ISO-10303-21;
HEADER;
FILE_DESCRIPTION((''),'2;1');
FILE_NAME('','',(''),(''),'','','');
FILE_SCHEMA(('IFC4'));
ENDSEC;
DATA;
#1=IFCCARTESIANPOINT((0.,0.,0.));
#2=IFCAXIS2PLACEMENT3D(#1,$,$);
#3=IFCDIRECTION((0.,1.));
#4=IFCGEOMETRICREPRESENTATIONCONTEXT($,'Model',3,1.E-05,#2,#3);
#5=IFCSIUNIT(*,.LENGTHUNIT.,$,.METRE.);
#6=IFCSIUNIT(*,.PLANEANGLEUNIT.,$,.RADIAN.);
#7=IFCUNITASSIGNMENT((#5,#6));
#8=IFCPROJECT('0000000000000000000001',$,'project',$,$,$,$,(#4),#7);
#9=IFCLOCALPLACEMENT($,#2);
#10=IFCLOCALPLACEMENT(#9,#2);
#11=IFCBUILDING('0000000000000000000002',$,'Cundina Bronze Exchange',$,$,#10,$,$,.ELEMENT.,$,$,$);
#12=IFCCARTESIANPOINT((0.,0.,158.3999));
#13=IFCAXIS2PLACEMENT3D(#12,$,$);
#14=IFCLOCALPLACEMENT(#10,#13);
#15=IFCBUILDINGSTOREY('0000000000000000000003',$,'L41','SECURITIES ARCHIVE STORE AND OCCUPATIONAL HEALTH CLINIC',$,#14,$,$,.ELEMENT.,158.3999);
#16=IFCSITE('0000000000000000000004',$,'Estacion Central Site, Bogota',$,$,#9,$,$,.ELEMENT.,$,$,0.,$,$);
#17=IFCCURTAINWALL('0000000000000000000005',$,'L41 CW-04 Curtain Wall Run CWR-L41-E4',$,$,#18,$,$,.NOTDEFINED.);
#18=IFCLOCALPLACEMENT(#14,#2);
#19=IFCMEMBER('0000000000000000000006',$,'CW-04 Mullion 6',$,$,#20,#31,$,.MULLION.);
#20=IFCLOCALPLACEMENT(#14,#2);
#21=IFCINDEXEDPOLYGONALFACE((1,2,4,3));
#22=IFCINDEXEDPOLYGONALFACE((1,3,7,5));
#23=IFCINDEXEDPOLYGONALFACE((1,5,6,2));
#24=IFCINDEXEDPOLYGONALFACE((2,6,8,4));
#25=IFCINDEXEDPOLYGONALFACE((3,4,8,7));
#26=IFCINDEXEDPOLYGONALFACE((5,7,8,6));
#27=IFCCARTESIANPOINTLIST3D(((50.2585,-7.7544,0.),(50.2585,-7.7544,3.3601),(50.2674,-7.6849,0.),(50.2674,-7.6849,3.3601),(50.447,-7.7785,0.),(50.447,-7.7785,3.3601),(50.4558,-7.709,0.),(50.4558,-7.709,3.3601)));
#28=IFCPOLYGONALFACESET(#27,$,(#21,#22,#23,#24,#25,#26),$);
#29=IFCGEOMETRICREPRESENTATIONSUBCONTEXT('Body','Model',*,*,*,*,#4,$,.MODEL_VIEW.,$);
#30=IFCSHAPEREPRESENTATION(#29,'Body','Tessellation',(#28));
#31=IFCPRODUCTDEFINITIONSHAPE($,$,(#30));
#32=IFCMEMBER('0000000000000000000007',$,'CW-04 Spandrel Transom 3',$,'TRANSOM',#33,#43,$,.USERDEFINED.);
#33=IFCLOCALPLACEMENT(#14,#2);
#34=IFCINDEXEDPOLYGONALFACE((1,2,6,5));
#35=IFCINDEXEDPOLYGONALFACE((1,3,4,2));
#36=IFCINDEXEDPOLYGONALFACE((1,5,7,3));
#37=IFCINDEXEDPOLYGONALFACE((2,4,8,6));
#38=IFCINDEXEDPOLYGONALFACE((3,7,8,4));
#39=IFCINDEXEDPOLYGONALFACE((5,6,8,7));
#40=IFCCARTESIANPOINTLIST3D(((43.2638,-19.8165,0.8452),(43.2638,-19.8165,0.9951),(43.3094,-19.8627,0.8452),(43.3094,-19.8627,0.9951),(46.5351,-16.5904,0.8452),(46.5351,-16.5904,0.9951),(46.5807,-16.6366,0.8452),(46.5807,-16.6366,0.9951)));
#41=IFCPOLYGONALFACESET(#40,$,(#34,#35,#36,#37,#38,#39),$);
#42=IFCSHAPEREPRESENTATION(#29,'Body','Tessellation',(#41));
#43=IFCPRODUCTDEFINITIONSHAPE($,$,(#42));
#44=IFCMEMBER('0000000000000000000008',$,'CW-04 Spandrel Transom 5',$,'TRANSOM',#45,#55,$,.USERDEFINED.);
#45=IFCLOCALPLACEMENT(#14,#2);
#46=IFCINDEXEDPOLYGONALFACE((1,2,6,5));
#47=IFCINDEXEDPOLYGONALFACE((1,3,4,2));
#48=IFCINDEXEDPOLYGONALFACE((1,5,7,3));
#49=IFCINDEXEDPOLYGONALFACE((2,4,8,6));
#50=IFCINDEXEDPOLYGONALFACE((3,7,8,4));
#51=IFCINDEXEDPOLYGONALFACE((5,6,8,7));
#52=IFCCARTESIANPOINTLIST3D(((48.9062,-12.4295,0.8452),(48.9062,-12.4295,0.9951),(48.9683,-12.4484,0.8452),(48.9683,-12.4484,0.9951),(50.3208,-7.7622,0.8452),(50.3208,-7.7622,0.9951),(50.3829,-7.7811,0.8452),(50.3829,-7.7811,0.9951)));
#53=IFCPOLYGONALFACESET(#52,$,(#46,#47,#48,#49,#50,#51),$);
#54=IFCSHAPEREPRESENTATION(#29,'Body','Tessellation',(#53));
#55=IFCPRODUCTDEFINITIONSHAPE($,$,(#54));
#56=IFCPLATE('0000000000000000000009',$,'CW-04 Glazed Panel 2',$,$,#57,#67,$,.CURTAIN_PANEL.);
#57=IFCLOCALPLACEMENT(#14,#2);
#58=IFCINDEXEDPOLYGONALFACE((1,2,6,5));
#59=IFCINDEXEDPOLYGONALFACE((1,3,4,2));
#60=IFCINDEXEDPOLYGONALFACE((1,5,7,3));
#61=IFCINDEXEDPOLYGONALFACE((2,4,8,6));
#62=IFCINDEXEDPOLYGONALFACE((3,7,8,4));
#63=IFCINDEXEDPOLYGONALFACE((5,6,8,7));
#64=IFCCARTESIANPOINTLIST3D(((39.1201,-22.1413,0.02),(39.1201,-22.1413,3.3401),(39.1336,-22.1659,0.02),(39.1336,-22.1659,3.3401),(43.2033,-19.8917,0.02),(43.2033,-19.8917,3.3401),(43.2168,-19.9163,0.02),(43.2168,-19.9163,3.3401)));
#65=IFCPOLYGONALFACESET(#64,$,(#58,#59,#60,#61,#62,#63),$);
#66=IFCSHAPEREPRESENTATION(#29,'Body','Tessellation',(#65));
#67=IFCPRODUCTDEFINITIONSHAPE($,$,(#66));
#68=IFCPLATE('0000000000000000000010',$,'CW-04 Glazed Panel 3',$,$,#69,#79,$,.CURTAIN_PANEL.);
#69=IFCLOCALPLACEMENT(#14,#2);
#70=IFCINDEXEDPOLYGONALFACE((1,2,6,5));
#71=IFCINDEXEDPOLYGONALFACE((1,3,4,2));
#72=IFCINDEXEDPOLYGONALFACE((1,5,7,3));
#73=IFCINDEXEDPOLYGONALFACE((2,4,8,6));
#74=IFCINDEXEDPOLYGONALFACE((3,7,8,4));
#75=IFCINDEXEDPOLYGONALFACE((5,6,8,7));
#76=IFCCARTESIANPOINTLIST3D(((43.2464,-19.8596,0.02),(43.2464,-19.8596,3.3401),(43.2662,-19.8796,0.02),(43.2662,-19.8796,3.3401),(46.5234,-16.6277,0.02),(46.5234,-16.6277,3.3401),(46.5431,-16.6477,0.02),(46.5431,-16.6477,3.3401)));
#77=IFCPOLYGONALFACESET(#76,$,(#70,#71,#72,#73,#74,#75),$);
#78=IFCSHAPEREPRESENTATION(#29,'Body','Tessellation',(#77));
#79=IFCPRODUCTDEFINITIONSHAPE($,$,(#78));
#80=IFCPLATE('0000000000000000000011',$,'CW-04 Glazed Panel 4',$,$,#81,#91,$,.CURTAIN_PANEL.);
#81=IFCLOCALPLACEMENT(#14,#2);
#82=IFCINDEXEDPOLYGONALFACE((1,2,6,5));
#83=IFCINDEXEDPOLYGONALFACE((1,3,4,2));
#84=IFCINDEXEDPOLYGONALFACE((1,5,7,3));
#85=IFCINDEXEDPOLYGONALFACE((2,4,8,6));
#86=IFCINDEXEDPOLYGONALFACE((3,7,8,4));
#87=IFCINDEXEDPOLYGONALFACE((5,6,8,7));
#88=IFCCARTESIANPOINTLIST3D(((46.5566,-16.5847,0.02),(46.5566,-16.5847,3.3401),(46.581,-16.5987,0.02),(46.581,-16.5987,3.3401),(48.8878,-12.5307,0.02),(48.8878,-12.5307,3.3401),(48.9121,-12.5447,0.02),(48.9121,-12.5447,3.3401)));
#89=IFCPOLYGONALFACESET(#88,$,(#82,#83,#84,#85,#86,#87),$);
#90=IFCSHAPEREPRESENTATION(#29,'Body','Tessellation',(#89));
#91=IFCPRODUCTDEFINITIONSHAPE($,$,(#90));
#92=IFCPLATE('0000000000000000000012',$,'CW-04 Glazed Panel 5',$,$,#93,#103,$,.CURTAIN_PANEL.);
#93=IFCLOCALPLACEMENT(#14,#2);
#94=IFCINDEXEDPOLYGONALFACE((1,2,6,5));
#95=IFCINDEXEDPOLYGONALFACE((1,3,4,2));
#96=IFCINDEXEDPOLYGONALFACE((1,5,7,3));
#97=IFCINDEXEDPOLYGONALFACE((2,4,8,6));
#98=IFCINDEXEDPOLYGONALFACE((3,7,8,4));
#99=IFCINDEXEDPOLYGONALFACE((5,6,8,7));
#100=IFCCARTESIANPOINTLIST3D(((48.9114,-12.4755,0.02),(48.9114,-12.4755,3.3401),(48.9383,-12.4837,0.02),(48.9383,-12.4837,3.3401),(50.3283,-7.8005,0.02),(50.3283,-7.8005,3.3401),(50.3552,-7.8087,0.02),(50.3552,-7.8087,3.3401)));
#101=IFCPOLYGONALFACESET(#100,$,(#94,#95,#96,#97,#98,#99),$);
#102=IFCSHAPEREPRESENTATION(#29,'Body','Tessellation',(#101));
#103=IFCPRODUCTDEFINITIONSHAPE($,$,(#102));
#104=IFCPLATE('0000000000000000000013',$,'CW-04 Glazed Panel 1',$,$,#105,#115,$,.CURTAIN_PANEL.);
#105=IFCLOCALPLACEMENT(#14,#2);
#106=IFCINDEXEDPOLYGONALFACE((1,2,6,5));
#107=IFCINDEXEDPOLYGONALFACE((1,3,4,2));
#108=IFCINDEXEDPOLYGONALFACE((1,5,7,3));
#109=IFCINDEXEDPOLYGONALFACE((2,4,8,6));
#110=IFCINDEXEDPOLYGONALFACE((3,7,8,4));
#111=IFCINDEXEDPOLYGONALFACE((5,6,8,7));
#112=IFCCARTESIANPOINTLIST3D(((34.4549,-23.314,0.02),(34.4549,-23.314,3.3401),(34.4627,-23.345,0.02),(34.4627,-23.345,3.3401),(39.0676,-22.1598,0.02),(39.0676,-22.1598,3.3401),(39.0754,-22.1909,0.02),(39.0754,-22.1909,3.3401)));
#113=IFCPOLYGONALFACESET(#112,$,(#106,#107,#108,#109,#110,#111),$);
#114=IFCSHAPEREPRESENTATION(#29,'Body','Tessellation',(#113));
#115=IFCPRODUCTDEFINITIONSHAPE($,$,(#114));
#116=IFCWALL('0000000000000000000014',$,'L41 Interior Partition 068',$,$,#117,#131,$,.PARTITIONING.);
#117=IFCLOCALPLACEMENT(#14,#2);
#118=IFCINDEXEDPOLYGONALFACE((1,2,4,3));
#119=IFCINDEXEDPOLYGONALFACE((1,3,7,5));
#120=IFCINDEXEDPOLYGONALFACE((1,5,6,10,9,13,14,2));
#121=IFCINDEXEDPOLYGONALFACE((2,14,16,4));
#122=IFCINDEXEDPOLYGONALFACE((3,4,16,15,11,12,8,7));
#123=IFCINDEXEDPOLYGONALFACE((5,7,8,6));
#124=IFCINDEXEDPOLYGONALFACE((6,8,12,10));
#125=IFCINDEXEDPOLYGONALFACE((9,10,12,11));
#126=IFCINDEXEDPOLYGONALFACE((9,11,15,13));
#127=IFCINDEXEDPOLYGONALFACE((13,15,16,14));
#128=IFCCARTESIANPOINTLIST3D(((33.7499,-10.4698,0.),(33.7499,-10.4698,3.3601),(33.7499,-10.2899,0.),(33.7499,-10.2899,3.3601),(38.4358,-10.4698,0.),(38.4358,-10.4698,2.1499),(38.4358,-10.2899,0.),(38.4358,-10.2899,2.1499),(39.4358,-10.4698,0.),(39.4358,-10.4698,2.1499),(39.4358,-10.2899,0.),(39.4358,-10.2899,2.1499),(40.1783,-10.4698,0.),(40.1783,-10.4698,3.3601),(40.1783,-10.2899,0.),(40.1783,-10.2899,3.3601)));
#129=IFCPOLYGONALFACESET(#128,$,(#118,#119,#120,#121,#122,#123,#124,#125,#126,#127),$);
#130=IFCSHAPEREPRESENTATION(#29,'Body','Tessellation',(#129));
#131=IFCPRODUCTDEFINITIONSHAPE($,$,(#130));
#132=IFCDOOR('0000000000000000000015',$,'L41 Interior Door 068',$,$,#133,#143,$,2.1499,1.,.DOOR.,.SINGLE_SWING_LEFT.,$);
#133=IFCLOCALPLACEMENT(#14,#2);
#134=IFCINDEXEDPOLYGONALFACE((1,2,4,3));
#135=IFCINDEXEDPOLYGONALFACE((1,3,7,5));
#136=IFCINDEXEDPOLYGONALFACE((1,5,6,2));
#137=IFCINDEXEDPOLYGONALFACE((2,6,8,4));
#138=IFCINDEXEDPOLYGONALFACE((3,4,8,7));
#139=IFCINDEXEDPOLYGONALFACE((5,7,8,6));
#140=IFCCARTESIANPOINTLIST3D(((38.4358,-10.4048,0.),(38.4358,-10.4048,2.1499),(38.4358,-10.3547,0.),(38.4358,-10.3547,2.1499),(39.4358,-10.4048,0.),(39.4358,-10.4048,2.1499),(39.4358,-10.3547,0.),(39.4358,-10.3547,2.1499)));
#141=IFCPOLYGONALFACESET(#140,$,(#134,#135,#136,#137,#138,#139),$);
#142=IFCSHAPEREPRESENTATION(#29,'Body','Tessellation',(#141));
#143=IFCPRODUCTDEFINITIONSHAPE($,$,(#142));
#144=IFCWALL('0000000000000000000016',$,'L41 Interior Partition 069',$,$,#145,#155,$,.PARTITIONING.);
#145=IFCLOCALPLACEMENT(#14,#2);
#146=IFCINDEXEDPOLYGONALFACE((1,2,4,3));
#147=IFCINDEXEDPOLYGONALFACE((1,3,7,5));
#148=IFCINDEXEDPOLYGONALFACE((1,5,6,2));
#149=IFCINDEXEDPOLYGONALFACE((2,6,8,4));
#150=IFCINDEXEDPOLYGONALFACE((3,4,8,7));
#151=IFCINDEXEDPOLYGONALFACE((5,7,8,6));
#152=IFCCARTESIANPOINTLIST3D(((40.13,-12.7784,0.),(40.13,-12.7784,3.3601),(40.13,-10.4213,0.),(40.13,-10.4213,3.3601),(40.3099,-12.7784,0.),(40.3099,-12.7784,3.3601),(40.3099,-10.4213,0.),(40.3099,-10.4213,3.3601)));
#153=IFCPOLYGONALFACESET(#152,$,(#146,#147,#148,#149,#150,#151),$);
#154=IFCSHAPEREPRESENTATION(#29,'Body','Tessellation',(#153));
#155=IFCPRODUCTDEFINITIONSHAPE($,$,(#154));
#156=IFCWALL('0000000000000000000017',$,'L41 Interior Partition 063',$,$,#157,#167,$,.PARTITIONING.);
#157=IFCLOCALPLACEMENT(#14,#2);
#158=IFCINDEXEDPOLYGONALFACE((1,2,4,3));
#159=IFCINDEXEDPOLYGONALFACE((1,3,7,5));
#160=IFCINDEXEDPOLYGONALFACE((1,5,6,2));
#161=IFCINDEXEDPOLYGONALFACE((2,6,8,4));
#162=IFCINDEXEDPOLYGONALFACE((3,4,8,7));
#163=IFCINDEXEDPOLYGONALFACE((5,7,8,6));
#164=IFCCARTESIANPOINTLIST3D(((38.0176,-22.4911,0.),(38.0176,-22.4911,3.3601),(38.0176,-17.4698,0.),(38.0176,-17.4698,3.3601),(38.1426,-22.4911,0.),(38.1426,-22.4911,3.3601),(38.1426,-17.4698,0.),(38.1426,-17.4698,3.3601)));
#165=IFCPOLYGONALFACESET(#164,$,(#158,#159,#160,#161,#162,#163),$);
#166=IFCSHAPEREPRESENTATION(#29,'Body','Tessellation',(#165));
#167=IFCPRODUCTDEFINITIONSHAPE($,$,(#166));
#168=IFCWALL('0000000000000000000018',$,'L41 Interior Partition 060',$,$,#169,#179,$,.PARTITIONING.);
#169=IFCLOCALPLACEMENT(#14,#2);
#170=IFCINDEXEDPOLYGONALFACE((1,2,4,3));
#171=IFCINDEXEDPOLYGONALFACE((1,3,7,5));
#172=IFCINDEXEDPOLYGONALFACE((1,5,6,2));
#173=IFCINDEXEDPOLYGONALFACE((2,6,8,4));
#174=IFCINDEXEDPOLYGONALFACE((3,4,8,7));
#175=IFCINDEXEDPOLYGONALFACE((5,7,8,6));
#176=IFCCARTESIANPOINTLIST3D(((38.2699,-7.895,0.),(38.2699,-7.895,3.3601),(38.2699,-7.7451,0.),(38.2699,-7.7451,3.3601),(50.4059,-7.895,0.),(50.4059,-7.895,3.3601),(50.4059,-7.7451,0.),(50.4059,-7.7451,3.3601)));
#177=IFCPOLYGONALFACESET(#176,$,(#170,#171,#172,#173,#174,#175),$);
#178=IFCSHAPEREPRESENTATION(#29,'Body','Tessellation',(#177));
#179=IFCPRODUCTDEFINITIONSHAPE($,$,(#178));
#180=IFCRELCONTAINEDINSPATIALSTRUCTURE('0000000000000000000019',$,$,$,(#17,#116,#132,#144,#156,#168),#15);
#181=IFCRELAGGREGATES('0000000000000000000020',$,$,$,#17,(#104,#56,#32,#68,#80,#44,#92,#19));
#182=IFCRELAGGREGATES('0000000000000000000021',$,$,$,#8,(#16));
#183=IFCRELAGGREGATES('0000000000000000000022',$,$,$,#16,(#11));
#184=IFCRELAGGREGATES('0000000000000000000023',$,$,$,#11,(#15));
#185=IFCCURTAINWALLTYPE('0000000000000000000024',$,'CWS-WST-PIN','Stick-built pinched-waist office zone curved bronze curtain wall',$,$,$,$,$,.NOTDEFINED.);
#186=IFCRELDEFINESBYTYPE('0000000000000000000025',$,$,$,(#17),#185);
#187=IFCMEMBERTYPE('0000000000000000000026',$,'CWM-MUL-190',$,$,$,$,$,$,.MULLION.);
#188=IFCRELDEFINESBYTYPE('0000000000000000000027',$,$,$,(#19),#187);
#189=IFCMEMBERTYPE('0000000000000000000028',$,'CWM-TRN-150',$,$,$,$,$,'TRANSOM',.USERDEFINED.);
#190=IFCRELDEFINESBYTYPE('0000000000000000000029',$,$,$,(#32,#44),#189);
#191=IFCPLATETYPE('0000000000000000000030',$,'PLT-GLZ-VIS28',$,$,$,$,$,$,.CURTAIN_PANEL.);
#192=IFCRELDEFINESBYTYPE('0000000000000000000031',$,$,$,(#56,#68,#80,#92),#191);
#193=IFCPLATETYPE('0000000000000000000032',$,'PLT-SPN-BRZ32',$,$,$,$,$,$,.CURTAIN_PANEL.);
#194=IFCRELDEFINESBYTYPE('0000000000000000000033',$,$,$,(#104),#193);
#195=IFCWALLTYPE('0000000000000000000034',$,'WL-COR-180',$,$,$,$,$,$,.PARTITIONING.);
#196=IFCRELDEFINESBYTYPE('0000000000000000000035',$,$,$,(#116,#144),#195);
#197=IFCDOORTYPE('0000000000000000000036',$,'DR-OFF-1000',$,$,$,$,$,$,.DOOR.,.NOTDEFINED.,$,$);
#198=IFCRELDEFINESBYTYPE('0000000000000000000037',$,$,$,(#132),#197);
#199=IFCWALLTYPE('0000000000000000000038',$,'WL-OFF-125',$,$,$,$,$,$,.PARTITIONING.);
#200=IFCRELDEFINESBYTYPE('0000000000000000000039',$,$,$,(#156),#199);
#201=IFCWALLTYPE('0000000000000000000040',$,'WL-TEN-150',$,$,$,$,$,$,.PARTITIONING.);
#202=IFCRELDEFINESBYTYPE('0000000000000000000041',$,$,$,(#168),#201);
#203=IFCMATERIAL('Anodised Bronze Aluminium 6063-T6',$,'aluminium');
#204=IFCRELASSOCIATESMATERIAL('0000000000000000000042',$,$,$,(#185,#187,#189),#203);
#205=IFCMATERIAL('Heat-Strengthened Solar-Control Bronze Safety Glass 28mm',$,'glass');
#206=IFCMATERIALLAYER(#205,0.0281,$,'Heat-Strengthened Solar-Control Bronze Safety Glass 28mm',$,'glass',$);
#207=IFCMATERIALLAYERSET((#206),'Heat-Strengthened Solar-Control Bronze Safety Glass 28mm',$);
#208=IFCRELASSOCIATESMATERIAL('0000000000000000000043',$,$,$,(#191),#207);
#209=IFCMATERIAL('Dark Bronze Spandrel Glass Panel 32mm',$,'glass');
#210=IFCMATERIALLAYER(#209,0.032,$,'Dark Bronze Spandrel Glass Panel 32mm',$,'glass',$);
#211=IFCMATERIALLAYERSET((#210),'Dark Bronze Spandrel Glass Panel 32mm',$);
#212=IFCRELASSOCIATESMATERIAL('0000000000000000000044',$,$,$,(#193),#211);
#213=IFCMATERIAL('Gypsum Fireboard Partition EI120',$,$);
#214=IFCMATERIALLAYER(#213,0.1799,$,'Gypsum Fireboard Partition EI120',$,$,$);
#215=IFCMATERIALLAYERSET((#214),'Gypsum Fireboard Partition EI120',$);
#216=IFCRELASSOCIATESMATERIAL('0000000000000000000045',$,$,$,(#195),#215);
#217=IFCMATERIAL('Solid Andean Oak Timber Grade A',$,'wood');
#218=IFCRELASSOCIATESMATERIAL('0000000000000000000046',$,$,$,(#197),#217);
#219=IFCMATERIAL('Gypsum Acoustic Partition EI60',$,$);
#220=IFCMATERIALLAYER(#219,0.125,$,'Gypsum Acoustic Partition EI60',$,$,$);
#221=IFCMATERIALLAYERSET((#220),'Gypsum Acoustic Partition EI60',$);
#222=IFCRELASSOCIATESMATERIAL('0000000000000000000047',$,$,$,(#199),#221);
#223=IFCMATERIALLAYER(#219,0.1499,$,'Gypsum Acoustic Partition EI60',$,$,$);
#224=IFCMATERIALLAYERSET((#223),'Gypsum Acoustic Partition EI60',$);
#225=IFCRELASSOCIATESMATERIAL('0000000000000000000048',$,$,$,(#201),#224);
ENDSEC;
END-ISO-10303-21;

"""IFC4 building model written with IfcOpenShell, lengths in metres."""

from ifc_helpers import new_model, si_unit, direction, frame, frame_2d, origin, origin_2d, place, context, subcontext, project, spatial, rectangle, extrude, material, layer, layer_set, material_profile, profile_set, type_object, element, fill, aggregate, save


model = new_model("IFC4")

# Units and contexts
model_context = context("Model", 3, precision=1e-05, world=origin(), true_north=direction((0.0, 1.0)))
body_context = subcontext(model_context, "Body", "Model", "MODEL_VIEW")
ifc_project = project(units=[si_unit("LENGTHUNIT", "METRE"), si_unit("PLANEANGLEUNIT", "RADIAN")], contexts=[model_context])

# Site, building, storey
site_placement = place(None, origin())
site = spatial("IfcSite", under=ifc_project, at=site_placement, Name="Estacion Central Site, Bogota", CompositionType="ELEMENT", RefElevation=0.0)
building_placement = place(site_placement, origin())
building = spatial("IfcBuilding", under=site, at=building_placement, Name="Cundina Bronze Exchange", CompositionType="ELEMENT")
storey_placement = place(building_placement, frame((0.0, 0.0, 158.3999)))
storey = spatial("IfcBuildingStorey", under=building, at=storey_placement, Name="L41", Description="SECURITIES ARCHIVE STORE AND OCCUPATIONAL HEALTH CLINIC", CompositionType="ELEMENT", Elevation=158.3999)

# Curtain wall, members, plates
ifc_material_1 = material(Name="Anodised Bronze Aluminium 6063-T6", Category="aluminium")
curtain_wall_type = type_object("IfcCurtainWallType", Name="CWS-WST-PIN", Description="Stick-built pinched-waist office zone curved bronze curtain wall", PredefinedType="NOTDEFINED", material=ifc_material_1)
curtain_wall_placement = place(storey_placement, origin())
curtain_wall = element("IfcCurtainWall", 1, at=curtain_wall_placement, inside=storey, type_object=curtain_wall_type, Name="L41 CW-04 Curtain Wall Run CWR-L41-E4", PredefinedType="NOTDEFINED")
ifc_material_profile_1 = material_profile(ifc_material_1, rectangle(XDim=0.0701, YDim=0.1899, at=origin_2d()), Name="AL70X190", Category="aluminium")
ifc_profile_set_1 = profile_set([ifc_material_profile_1], Name="Anodised Bronze Aluminium 6063-T6")
member_type_1 = type_object("IfcMemberType", Name="CWM-MUL-190", PredefinedType="MULLION", material=ifc_profile_set_1)
member_1_placement = place(storey_placement, frame((50.3572, -7.7317, 0.0), z_axis=(0.0, 0.0, 1.0), x_axis=(0.126545, 0.991961, 0.0)))
member_1 = element("IfcMember", 2, at=member_1_placement, type_object=member_type_1, Name="CW-04 Mullion 6", PredefinedType="MULLION", context=body_context, shape_type="SweptSolid", body=[
    extrude(rectangle(XDim=0.0701, YDim=0.1899, at=origin_2d()), origin(), (0.0, 0.0, 1.0), 3.3601),
])
ifc_material_profile_2 = material_profile(ifc_material_1, rectangle(XDim=0.0649, YDim=0.1499, at=origin_2d()), Name="AL65X150", Category="aluminium")
ifc_profile_set_2 = profile_set([ifc_material_profile_2], Name="Anodised Bronze Aluminium 6063-T6")
member_type_2 = type_object("IfcMemberType", Name="CWM-TRN-150", ElementType="TRANSOM", PredefinedType="USERDEFINED", material=ifc_profile_set_2)
member_2_placement = place(storey_placement, frame((43.2866, -19.8396, 0.9202), z_axis=(0.712005, 0.702174, 0.0), x_axis=(-0.702174, 0.712005, 0.0)))
member_2 = element("IfcMember", 3, at=member_2_placement, type_object=member_type_2, Name="CW-04 Spandrel Transom 3", ObjectType="TRANSOM", PredefinedType="USERDEFINED", context=body_context, shape_type="SweptSolid", body=[
    extrude(rectangle(XDim=0.0649, YDim=0.1499, at=origin_2d()), origin(), (0.0, 0.0, 1.0), 4.5945),
])
member_3_placement = place(storey_placement, frame((48.9373, -12.439, 0.9202), z_axis=(0.290052, 0.957011, 0.0), x_axis=(-0.957011, 0.290052, 0.0)))
member_3 = element("IfcMember", 4, at=member_3_placement, type_object=member_type_2, Name="CW-04 Spandrel Transom 5", ObjectType="TRANSOM", PredefinedType="USERDEFINED", context=body_context, shape_type="SweptSolid", body=[
    extrude(rectangle(XDim=0.0649, YDim=0.1499, at=origin_2d()), origin(), (0.0, 0.0, 1.0), 4.877),
])
ifc_material_2 = material(Name="Heat-Strengthened Solar-Control Bronze Safety Glass 28mm", Category="glass")
ifc_layer_1 = layer(ifc_material_2, 0.0281, Name="Heat-Strengthened Solar-Control Bronze Safety Glass 28mm", Category="glass")
ifc_layer_set_1 = layer_set([ifc_layer_1], Name="Heat-Strengthened Solar-Control Bronze Safety Glass 28mm")
plate_type_1 = type_object("IfcPlateType", Name="PLT-GLZ-VIS28", PredefinedType="CURTAIN_PANEL", material=ifc_layer_set_1)
plate_1_placement = place(storey_placement, frame((41.1685, -21.0288, 0.02), z_axis=(0.0, 0.0, 1.0), x_axis=(0.875869, 0.482549, 0.0)))
plate_1 = element("IfcPlate", 5, at=plate_1_placement, type_object=plate_type_1, Name="CW-04 Glazed Panel 2", PredefinedType="CURTAIN_PANEL", context=body_context, shape_type="SweptSolid", body=[
    extrude(rectangle(XDim=4.6619, YDim=0.0281, at=origin_2d()), origin(), (0.0, 0.0, 1.0), 3.3201),
])
plate_2_placement = place(storey_placement, frame((44.8948, -18.2537, 0.02), z_axis=(0.0, 0.0, 1.0), x_axis=(0.711989, 0.70219, 0.0)))
plate_2 = element("IfcPlate", 6, at=plate_2_placement, type_object=plate_type_1, Name="CW-04 Glazed Panel 3", PredefinedType="CURTAIN_PANEL", context=body_context, shape_type="SweptSolid", body=[
    extrude(rectangle(XDim=4.6025, YDim=0.0281, at=origin_2d()), origin(), (0.0, 0.0, 1.0), 3.3201),
])
plate_3_placement = place(storey_placement, frame((47.7344, -14.5647, 0.02), z_axis=(0.0, 0.0, 1.0), x_axis=(0.498488, 0.866897, 0.0)))
plate_3 = element("IfcPlate", 7, at=plate_3_placement, type_object=plate_type_1, Name="CW-04 Glazed Panel 4", PredefinedType="CURTAIN_PANEL", context=body_context, shape_type="SweptSolid", body=[
    extrude(rectangle(XDim=4.6765, YDim=0.0281, at=origin_2d()), origin(), (0.0, 0.0, 1.0), 3.3201),
])
plate_4_placement = place(storey_placement, frame((49.6333, -10.1421, 0.02), z_axis=(0.0, 0.0, 1.0), x_axis=(0.290051, 0.957011, 0.0)))
plate_4 = element("IfcPlate", 8, at=plate_4_placement, type_object=plate_type_1, Name="CW-04 Glazed Panel 5", PredefinedType="CURTAIN_PANEL", context=body_context, shape_type="SweptSolid", body=[
    extrude(rectangle(XDim=4.885, YDim=0.0281, at=origin_2d()), origin(), (0.0, 0.0, 1.0), 3.3201),
])
ifc_material_3 = material(Name="Dark Bronze Spandrel Glass Panel 32mm", Category="glass")
ifc_layer_2 = layer(ifc_material_3, 0.032, Name="Dark Bronze Spandrel Glass Panel 32mm", Category="glass")
ifc_layer_set_2 = layer_set([ifc_layer_2], Name="Dark Bronze Spandrel Glass Panel 32mm")
plate_type_2 = type_object("IfcPlateType", Name="PLT-SPN-BRZ32", PredefinedType="CURTAIN_PANEL", material=ifc_layer_set_2)
plate_5_placement = place(storey_placement, frame((36.7651, -22.7524, 0.02), z_axis=(0.0, 0.0, 1.0), x_axis=(0.970093, 0.242735, 0.0)))
plate_5 = element("IfcPlate", 9, at=plate_5_placement, type_object=plate_type_2, Name="CW-04 Glazed Panel 1", PredefinedType="CURTAIN_PANEL", context=body_context, shape_type="SweptSolid", body=[
    extrude(rectangle(XDim=4.7549, YDim=0.032, at=origin_2d()), origin(), (0.0, 0.0, 1.0), 3.3201),
])
aggregate(curtain_wall, [plate_5, plate_1, member_2, plate_2, plate_3, member_3, plate_4, member_1])

# Wall, opening, door
ifc_material_4 = material(Name="Gypsum Fireboard Partition EI120")
ifc_layer_3 = layer(ifc_material_4, 0.1799, Name="Gypsum Fireboard Partition EI120")
ifc_layer_set_3 = layer_set([ifc_layer_3], Name="Gypsum Fireboard Partition EI120")
wall_type_1 = type_object("IfcWallType", Name="WL-COR-180", PredefinedType="PARTITIONING", material=ifc_layer_set_3)
wall_1_placement = place(storey_placement, frame((40.1785, -10.3799, 0.0), z_axis=(0.0, 0.0, 1.0), x_axis=(-1.0, 0.0, 0.0)))
wall_1 = element("IfcWall", 10, at=wall_1_placement, inside=storey, type_object=wall_type_1, Name="L41 Interior Partition 068", PredefinedType="PARTITIONING", context=body_context, shape_type="SweptSolid", body=[
    extrude(rectangle(XDim=6.4285, YDim=0.1799, at=frame_2d((3.2144, 0.0))), origin(), (0.0, 0.0, 1.0), 3.3601),
])
opening_placement = place(wall_1_placement, frame((0.7427, 0.0, 0.0)))
opening = element("IfcOpeningElement", 11, at=opening_placement, cuts=wall_1, PredefinedType="OPENING", context=body_context, shape_type="SweptSolid", body=[
    extrude(rectangle(XDim=1.0, YDim=2.1499, at=frame_2d((0.5, 1.075))), frame((0.0, 0.0999, 0.0), z_axis=(0.0, -1.0, 0.0), x_axis=(1.0, 0.0, 0.0)), (0.0, 0.0, 1.0), 0.2),
])
ifc_material_5 = material(Name="Solid Andean Oak Timber Grade A", Category="wood")
door_type = type_object("IfcDoorType", Name="DR-OFF-1000", OperationType="NOTDEFINED", PredefinedType="DOOR", material=ifc_material_5)
door_placement = place(opening_placement, origin())
door = element("IfcDoor", 12, at=door_placement, inside=storey, type_object=door_type, Name="L41 Interior Door 068", OperationType="SINGLE_SWING_LEFT", OverallHeight=2.1499, OverallWidth=1.0, PredefinedType="DOOR", context=body_context, shape_type="SweptSolid", body=[
    extrude(rectangle(XDim=1.0, YDim=2.1499, at=frame_2d((0.5, 1.075))), frame((0.0, 0.0249, 0.0), z_axis=(0.0, -1.0, 0.0), x_axis=(1.0, 0.0, 0.0)), (0.0, 0.0, 1.0), 0.05),
])
fill(opening, door)

# Walls
wall_2_placement = place(storey_placement, frame((40.22, -12.7786, 0.0), z_axis=(0.0, 0.0, 1.0), x_axis=(0.0, 1.0, 0.0)))
element("IfcWall", 13, at=wall_2_placement, inside=storey, type_object=wall_type_1, Name="L41 Interior Partition 069", PredefinedType="PARTITIONING", context=body_context, shape_type="SweptSolid", body=[
    extrude(rectangle(XDim=2.3572, YDim=0.1799, at=frame_2d((1.1787, 0.0))), origin(), (0.0, 0.0, 1.0), 3.3601),
])
ifc_material_6 = material(Name="Gypsum Acoustic Partition EI60")
ifc_layer_4 = layer(ifc_material_6, 0.125, Name="Gypsum Acoustic Partition EI60")
ifc_layer_set_4 = layer_set([ifc_layer_4], Name="Gypsum Acoustic Partition EI60")
wall_type_2 = type_object("IfcWallType", Name="WL-OFF-125", PredefinedType="PARTITIONING", material=ifc_layer_set_4)
wall_3_placement = place(storey_placement, frame((38.0801, -22.4912, 0.0), z_axis=(0.0, 0.0, 1.0), x_axis=(0.0, 1.0, 0.0)))
element("IfcWall", 14, at=wall_3_placement, inside=storey, type_object=wall_type_2, Name="L41 Interior Partition 063", PredefinedType="PARTITIONING", context=body_context, shape_type="SweptSolid", body=[
    extrude(rectangle(XDim=5.0212, YDim=0.125, at=frame_2d((2.5107, 0.0))), origin(), (0.0, 0.0, 1.0), 3.3601),
])
ifc_layer_5 = layer(ifc_material_6, 0.1499, Name="Gypsum Acoustic Partition EI60")
ifc_layer_set_5 = layer_set([ifc_layer_5], Name="Gypsum Acoustic Partition EI60")
wall_type_3 = type_object("IfcWallType", Name="WL-TEN-150", PredefinedType="PARTITIONING", material=ifc_layer_set_5)
wall_4_placement = place(storey_placement, frame((38.27, -7.8201, 0.0), z_axis=(0.0, 0.0, 1.0), x_axis=(1.0, 0.0, 0.0)))
element("IfcWall", 15, at=wall_4_placement, inside=storey, type_object=wall_type_3, Name="L41 Interior Partition 060", PredefinedType="PARTITIONING", context=body_context, shape_type="SweptSolid", body=[
    extrude(rectangle(XDim=12.136, YDim=0.1499, at=frame_2d((6.0679, 0.0))), origin(), (0.0, 0.0, 1.0), 3.3601),
])

save(model, "model.ifc")
